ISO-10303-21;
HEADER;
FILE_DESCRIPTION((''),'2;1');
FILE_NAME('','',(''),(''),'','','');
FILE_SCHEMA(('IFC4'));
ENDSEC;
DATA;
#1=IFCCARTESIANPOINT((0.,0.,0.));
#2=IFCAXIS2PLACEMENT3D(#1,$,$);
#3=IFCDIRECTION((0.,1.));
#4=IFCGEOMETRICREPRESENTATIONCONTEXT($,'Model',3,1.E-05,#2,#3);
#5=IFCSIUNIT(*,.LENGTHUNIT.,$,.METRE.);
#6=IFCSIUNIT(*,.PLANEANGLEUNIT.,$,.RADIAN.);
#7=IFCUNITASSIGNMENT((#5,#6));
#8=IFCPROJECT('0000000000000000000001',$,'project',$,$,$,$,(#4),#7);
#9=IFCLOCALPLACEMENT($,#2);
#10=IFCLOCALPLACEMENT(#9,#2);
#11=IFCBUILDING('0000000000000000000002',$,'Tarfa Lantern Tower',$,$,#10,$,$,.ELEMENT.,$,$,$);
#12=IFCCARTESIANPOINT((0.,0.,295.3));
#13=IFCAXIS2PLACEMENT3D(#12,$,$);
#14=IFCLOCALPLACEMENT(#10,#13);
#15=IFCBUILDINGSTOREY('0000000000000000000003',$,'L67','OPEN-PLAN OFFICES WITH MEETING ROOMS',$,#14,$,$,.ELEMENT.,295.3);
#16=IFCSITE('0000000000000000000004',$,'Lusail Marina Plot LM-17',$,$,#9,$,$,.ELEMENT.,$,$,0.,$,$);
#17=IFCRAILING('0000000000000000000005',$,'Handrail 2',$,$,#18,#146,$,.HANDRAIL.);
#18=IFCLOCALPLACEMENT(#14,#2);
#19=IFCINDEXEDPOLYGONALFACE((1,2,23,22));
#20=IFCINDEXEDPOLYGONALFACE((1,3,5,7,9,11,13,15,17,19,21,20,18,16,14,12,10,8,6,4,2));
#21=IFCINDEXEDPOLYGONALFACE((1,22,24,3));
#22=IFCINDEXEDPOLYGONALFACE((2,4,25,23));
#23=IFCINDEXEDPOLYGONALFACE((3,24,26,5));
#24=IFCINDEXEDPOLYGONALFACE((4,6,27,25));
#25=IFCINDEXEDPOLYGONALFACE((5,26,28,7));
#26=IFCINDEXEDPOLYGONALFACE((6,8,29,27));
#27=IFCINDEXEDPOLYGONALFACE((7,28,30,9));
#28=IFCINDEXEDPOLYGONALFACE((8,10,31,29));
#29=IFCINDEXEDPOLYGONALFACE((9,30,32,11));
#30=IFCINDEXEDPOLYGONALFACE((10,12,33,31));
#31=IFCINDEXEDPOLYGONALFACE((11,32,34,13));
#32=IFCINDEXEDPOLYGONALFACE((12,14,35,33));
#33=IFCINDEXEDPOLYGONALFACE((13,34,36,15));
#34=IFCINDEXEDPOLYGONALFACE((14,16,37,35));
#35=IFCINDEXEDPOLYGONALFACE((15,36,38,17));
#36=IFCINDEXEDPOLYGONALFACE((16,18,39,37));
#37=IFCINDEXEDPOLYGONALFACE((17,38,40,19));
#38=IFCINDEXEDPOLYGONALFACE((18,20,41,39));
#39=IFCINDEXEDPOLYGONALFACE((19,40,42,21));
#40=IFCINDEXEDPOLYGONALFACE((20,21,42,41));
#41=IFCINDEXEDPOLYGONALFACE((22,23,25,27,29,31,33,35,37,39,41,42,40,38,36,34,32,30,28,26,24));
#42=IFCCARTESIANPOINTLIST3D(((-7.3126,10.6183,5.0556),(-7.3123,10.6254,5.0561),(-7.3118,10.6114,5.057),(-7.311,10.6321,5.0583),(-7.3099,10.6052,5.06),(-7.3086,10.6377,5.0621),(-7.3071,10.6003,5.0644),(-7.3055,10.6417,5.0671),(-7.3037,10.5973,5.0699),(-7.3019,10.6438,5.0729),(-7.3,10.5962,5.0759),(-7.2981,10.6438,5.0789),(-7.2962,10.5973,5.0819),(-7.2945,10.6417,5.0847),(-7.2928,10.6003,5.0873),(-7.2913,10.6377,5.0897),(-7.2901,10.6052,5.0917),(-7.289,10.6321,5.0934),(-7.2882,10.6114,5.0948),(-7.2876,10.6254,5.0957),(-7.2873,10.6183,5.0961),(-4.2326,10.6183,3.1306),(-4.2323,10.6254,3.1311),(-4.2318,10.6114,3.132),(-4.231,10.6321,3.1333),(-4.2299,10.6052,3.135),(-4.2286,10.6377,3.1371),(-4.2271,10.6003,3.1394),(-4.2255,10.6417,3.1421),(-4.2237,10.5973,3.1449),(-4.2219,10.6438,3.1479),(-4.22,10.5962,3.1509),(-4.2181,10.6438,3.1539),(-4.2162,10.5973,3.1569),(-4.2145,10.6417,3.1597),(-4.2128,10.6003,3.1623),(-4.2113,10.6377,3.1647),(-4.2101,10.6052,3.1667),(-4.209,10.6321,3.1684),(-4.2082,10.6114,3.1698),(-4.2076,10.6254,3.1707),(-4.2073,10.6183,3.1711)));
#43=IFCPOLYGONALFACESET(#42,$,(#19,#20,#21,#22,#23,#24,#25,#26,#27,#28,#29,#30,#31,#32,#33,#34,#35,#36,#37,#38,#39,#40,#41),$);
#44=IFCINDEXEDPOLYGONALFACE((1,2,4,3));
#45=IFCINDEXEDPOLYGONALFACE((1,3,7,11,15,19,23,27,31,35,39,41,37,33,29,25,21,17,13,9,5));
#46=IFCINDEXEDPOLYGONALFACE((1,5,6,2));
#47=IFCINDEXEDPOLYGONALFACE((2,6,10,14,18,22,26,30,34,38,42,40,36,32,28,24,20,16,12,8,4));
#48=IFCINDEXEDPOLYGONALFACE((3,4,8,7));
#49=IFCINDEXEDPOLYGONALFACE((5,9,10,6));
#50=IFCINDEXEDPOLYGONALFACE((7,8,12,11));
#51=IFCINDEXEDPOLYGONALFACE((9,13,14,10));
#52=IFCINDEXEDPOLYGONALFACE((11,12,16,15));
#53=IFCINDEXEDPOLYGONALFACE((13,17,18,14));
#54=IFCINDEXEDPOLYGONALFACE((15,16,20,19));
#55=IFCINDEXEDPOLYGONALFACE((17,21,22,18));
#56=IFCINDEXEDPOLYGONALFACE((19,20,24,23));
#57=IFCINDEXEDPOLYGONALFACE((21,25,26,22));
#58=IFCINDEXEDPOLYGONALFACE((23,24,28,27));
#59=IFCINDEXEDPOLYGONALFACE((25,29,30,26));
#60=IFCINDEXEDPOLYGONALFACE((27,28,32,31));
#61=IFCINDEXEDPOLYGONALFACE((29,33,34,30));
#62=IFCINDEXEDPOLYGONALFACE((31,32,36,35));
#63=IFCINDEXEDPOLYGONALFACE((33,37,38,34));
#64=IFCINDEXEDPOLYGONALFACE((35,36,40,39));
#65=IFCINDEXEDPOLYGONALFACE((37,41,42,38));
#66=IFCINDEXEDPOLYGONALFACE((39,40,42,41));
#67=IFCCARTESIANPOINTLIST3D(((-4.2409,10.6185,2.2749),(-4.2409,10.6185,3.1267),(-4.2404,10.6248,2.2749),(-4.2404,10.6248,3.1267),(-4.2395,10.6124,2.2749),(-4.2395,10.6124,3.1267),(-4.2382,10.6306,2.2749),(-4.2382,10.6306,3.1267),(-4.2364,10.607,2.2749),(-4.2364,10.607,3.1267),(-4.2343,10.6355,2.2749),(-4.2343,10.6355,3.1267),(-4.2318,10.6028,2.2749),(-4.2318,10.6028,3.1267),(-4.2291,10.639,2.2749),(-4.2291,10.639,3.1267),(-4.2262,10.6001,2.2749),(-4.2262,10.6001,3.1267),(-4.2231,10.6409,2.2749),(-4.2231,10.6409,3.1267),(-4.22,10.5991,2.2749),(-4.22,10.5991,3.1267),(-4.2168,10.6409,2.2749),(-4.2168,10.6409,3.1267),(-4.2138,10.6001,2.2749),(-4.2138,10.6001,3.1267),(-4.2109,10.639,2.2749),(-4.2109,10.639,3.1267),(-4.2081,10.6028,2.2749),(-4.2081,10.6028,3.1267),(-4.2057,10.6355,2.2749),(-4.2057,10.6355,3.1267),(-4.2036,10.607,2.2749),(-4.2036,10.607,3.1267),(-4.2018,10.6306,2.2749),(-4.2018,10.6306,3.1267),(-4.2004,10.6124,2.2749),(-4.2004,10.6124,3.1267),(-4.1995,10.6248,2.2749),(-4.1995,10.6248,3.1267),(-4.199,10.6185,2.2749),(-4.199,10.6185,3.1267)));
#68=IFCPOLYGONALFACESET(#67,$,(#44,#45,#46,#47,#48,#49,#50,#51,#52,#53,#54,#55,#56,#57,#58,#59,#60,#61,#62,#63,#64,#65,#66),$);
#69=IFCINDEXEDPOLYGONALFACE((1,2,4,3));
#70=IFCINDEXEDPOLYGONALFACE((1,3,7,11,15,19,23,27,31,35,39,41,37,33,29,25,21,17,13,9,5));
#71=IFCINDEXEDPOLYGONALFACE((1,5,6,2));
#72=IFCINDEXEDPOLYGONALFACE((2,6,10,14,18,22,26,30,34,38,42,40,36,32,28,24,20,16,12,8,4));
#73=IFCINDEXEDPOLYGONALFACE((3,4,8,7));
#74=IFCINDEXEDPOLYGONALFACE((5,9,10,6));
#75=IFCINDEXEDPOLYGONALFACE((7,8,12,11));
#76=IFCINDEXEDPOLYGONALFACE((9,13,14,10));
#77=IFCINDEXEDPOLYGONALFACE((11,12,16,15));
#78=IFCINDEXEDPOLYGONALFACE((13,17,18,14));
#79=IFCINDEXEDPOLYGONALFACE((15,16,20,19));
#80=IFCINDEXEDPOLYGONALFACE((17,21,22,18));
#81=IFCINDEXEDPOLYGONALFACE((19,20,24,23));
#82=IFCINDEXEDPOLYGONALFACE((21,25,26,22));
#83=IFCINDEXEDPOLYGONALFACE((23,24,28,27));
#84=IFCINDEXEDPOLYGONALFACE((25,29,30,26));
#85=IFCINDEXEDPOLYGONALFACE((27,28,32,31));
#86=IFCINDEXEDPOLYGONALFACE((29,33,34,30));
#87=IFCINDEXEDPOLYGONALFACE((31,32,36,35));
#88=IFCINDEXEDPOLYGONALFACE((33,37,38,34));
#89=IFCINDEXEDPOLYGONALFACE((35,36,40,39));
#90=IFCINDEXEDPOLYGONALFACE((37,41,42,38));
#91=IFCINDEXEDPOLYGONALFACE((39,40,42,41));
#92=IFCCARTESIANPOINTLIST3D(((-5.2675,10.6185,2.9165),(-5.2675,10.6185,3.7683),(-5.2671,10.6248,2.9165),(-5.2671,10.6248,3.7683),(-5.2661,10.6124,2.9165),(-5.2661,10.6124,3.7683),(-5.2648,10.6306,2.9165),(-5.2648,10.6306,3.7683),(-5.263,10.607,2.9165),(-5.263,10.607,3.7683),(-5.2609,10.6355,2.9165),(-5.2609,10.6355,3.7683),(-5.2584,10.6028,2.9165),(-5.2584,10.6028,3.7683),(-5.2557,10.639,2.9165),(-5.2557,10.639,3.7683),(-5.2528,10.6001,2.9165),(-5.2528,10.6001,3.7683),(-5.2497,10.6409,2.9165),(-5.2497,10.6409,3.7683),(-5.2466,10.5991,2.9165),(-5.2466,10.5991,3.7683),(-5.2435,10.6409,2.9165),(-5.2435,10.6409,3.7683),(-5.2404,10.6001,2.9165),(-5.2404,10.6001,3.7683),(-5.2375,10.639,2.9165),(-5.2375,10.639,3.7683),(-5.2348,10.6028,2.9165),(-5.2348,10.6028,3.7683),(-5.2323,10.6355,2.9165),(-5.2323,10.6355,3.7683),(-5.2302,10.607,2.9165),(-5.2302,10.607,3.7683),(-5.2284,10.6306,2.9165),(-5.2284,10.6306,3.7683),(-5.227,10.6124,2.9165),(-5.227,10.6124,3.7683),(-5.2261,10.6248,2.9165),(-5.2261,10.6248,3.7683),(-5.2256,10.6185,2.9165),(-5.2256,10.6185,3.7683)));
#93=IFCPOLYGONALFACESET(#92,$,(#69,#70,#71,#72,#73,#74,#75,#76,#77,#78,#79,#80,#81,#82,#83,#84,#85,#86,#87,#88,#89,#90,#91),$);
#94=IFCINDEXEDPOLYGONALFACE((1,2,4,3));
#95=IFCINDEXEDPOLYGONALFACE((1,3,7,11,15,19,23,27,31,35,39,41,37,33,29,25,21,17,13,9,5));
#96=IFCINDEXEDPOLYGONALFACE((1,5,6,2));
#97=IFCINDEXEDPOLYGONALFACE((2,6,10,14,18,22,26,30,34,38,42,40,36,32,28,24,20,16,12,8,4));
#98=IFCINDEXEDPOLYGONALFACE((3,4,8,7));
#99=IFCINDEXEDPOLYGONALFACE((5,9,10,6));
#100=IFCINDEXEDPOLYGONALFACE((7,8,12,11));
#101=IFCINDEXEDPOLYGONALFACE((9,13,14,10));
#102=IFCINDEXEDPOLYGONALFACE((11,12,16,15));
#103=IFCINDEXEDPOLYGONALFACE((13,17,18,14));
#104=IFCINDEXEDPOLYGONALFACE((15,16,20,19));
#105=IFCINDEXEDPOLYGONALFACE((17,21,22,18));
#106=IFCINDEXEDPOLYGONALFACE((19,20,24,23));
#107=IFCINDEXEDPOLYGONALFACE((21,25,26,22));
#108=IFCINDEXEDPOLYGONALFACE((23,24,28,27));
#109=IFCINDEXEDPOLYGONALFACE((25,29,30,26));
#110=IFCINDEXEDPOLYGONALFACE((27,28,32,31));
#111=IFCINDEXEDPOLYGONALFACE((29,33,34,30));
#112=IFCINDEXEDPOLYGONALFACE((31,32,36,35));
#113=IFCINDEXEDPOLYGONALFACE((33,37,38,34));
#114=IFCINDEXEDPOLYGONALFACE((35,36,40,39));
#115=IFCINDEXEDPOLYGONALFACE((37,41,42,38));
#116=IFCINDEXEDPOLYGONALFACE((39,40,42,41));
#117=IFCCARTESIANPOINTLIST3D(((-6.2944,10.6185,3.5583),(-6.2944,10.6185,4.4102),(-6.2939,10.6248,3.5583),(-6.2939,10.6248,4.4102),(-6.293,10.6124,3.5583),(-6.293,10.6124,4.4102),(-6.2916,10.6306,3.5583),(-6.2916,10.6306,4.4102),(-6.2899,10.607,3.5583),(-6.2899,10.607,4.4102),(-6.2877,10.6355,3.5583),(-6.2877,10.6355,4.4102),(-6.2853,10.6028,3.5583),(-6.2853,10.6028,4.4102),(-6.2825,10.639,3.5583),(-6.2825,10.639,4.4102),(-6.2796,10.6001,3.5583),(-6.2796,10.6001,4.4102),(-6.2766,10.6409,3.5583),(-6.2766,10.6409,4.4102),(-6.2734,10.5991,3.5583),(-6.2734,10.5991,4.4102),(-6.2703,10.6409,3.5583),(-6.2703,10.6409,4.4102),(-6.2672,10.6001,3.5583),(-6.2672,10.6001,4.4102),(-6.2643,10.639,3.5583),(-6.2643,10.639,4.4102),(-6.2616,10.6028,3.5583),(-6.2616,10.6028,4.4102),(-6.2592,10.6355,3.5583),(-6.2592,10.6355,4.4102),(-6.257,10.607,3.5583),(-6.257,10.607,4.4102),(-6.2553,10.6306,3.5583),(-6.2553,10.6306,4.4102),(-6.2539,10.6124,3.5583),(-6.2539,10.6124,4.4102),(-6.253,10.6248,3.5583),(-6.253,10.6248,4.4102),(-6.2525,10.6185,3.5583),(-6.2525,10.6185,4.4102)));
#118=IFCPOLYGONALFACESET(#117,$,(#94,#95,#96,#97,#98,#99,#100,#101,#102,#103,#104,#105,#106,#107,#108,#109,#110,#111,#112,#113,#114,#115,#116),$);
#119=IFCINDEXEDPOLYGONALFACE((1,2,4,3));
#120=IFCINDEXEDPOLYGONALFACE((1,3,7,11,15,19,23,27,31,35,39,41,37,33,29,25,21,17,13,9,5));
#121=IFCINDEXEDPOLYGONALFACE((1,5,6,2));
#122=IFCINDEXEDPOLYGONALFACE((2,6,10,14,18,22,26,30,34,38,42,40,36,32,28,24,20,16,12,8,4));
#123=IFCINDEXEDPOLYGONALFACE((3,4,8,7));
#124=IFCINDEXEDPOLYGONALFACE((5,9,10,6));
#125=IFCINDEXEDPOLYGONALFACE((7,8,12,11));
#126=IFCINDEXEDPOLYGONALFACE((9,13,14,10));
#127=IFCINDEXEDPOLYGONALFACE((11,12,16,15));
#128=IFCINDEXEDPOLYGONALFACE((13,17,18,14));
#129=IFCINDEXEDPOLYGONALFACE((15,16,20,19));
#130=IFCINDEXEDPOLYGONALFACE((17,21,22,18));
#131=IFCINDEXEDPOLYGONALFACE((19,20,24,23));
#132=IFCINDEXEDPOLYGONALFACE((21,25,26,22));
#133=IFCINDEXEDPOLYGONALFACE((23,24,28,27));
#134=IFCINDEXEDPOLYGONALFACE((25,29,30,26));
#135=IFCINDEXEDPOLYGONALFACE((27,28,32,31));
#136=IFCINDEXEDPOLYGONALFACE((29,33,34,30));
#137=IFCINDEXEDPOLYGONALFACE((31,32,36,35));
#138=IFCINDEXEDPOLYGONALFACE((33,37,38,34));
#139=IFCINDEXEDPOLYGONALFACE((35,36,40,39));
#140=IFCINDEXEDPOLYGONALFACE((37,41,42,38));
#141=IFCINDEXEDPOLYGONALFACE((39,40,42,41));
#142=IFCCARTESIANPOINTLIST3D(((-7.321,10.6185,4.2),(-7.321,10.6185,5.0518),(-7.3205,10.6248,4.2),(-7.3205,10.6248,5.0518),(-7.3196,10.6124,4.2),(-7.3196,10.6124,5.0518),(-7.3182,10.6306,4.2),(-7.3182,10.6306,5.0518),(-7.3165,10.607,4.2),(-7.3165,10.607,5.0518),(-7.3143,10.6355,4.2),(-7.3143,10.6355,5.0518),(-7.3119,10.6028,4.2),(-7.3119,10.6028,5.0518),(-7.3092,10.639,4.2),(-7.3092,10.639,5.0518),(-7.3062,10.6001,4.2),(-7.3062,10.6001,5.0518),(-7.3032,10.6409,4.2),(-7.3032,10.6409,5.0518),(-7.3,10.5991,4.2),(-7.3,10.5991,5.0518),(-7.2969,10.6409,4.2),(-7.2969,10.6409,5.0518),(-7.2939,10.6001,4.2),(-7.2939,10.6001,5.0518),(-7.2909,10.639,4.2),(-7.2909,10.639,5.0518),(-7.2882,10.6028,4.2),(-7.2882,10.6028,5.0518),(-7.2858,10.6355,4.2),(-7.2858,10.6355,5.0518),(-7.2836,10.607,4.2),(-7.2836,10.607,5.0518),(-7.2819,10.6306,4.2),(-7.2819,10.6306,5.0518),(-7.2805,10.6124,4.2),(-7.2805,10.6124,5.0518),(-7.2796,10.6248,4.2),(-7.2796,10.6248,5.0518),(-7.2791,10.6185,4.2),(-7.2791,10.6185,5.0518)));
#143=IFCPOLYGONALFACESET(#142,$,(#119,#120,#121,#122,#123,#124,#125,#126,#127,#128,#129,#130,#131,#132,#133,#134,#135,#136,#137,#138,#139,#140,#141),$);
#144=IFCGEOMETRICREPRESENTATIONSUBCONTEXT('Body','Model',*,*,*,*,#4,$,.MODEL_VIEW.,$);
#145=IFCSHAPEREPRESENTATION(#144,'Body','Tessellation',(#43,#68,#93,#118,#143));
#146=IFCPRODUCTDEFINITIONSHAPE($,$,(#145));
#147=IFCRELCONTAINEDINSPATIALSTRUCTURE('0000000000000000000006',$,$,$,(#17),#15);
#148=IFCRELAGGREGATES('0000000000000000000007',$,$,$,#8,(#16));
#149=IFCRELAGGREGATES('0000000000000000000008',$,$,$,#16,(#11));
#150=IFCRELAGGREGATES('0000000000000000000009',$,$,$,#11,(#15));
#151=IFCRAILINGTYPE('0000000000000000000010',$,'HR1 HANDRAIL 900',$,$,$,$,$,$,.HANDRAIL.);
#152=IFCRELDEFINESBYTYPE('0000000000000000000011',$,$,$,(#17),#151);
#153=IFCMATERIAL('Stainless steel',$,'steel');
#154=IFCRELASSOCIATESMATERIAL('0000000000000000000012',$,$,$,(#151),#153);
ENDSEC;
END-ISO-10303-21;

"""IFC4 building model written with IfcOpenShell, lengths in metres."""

from ifc_helpers import new_model, si_unit, direction, frame, origin, origin_2d, place, context, subcontext, project, spatial, circle, extrude, material, type_object, element, save


model = new_model("IFC4")

# Units and contexts
model_context = context("Model", 3, precision=1e-05, world=origin(), true_north=direction((0.0, 1.0)))
body_context = subcontext(model_context, "Body", "Model", "MODEL_VIEW")
ifc_project = project(units=[si_unit("LENGTHUNIT", "METRE"), si_unit("PLANEANGLEUNIT", "RADIAN")], contexts=[model_context])

# Site, building, storey
site_placement = place(None, origin())
site = spatial("IfcSite", under=ifc_project, at=site_placement, Name="Lusail Marina Plot LM-17", CompositionType="ELEMENT", RefElevation=0.0)
building_placement = place(site_placement, origin())
building = spatial("IfcBuilding", under=site, at=building_placement, Name="Tarfa Lantern Tower", CompositionType="ELEMENT")
storey_placement = place(building_placement, frame((0.0, 0.0, 295.3)))
storey = spatial("IfcBuildingStorey", under=building, at=storey_placement, Name="L67", Description="OPEN-PLAN OFFICES WITH MEETING ROOMS", CompositionType="ELEMENT", Elevation=295.3)

# Railing
ifc_material_1 = material(Name="Stainless steel", Category="steel")
railing_type = type_object("IfcRailingType", Name="HR1 HANDRAIL 900", PredefinedType="HANDRAIL", material=ifc_material_1)
railing_1_placement = place(storey_placement, frame((-4.22, 10.6201, 2.2749)))
element("IfcRailing", 1, at=railing_1_placement, inside=storey, type_object=railing_type, Name="Handrail 2", PredefinedType="HANDRAIL", context=body_context, shape_type="SweptSolid", body=[
    extrude(circle(Radius=0.0239, at=origin_2d()), frame((0.0, 0.0, 0.876), z_axis=(-0.847998, 0.0, 0.529999), x_axis=(0.0, -1.0, 0.0)), (0.0, 0.0, 1.0), 3.6321),
    extrude(circle(Radius=0.021, at=origin_2d()), frame((0.0, 0.0, 0.0), z_axis=(0.0, 0.0, 1.0), x_axis=(0.0, -1.0, 0.0)), (0.0, 0.0, 1.0), 0.8518),
    extrude(circle(Radius=0.021, at=origin_2d()), frame((-1.0266, 0.0, 0.6416), z_axis=(0.0, 0.0, 1.0), x_axis=(0.0, -1.0, 0.0)), (0.0, 0.0, 1.0), 0.8518),
    extrude(circle(Radius=0.021, at=origin_2d()), frame((-2.0535, 0.0, 1.2834), z_axis=(0.0, 0.0, 1.0), x_axis=(0.0, -1.0, 0.0)), (0.0, 0.0, 1.0), 0.8518),
    extrude(circle(Radius=0.021, at=origin_2d()), frame((-3.0801, 0.0, 1.925), z_axis=(0.0, 0.0, 1.0), x_axis=(0.0, -1.0, 0.0)), (0.0, 0.0, 1.0), 0.8518),
])

save(model, "model.ifc")
